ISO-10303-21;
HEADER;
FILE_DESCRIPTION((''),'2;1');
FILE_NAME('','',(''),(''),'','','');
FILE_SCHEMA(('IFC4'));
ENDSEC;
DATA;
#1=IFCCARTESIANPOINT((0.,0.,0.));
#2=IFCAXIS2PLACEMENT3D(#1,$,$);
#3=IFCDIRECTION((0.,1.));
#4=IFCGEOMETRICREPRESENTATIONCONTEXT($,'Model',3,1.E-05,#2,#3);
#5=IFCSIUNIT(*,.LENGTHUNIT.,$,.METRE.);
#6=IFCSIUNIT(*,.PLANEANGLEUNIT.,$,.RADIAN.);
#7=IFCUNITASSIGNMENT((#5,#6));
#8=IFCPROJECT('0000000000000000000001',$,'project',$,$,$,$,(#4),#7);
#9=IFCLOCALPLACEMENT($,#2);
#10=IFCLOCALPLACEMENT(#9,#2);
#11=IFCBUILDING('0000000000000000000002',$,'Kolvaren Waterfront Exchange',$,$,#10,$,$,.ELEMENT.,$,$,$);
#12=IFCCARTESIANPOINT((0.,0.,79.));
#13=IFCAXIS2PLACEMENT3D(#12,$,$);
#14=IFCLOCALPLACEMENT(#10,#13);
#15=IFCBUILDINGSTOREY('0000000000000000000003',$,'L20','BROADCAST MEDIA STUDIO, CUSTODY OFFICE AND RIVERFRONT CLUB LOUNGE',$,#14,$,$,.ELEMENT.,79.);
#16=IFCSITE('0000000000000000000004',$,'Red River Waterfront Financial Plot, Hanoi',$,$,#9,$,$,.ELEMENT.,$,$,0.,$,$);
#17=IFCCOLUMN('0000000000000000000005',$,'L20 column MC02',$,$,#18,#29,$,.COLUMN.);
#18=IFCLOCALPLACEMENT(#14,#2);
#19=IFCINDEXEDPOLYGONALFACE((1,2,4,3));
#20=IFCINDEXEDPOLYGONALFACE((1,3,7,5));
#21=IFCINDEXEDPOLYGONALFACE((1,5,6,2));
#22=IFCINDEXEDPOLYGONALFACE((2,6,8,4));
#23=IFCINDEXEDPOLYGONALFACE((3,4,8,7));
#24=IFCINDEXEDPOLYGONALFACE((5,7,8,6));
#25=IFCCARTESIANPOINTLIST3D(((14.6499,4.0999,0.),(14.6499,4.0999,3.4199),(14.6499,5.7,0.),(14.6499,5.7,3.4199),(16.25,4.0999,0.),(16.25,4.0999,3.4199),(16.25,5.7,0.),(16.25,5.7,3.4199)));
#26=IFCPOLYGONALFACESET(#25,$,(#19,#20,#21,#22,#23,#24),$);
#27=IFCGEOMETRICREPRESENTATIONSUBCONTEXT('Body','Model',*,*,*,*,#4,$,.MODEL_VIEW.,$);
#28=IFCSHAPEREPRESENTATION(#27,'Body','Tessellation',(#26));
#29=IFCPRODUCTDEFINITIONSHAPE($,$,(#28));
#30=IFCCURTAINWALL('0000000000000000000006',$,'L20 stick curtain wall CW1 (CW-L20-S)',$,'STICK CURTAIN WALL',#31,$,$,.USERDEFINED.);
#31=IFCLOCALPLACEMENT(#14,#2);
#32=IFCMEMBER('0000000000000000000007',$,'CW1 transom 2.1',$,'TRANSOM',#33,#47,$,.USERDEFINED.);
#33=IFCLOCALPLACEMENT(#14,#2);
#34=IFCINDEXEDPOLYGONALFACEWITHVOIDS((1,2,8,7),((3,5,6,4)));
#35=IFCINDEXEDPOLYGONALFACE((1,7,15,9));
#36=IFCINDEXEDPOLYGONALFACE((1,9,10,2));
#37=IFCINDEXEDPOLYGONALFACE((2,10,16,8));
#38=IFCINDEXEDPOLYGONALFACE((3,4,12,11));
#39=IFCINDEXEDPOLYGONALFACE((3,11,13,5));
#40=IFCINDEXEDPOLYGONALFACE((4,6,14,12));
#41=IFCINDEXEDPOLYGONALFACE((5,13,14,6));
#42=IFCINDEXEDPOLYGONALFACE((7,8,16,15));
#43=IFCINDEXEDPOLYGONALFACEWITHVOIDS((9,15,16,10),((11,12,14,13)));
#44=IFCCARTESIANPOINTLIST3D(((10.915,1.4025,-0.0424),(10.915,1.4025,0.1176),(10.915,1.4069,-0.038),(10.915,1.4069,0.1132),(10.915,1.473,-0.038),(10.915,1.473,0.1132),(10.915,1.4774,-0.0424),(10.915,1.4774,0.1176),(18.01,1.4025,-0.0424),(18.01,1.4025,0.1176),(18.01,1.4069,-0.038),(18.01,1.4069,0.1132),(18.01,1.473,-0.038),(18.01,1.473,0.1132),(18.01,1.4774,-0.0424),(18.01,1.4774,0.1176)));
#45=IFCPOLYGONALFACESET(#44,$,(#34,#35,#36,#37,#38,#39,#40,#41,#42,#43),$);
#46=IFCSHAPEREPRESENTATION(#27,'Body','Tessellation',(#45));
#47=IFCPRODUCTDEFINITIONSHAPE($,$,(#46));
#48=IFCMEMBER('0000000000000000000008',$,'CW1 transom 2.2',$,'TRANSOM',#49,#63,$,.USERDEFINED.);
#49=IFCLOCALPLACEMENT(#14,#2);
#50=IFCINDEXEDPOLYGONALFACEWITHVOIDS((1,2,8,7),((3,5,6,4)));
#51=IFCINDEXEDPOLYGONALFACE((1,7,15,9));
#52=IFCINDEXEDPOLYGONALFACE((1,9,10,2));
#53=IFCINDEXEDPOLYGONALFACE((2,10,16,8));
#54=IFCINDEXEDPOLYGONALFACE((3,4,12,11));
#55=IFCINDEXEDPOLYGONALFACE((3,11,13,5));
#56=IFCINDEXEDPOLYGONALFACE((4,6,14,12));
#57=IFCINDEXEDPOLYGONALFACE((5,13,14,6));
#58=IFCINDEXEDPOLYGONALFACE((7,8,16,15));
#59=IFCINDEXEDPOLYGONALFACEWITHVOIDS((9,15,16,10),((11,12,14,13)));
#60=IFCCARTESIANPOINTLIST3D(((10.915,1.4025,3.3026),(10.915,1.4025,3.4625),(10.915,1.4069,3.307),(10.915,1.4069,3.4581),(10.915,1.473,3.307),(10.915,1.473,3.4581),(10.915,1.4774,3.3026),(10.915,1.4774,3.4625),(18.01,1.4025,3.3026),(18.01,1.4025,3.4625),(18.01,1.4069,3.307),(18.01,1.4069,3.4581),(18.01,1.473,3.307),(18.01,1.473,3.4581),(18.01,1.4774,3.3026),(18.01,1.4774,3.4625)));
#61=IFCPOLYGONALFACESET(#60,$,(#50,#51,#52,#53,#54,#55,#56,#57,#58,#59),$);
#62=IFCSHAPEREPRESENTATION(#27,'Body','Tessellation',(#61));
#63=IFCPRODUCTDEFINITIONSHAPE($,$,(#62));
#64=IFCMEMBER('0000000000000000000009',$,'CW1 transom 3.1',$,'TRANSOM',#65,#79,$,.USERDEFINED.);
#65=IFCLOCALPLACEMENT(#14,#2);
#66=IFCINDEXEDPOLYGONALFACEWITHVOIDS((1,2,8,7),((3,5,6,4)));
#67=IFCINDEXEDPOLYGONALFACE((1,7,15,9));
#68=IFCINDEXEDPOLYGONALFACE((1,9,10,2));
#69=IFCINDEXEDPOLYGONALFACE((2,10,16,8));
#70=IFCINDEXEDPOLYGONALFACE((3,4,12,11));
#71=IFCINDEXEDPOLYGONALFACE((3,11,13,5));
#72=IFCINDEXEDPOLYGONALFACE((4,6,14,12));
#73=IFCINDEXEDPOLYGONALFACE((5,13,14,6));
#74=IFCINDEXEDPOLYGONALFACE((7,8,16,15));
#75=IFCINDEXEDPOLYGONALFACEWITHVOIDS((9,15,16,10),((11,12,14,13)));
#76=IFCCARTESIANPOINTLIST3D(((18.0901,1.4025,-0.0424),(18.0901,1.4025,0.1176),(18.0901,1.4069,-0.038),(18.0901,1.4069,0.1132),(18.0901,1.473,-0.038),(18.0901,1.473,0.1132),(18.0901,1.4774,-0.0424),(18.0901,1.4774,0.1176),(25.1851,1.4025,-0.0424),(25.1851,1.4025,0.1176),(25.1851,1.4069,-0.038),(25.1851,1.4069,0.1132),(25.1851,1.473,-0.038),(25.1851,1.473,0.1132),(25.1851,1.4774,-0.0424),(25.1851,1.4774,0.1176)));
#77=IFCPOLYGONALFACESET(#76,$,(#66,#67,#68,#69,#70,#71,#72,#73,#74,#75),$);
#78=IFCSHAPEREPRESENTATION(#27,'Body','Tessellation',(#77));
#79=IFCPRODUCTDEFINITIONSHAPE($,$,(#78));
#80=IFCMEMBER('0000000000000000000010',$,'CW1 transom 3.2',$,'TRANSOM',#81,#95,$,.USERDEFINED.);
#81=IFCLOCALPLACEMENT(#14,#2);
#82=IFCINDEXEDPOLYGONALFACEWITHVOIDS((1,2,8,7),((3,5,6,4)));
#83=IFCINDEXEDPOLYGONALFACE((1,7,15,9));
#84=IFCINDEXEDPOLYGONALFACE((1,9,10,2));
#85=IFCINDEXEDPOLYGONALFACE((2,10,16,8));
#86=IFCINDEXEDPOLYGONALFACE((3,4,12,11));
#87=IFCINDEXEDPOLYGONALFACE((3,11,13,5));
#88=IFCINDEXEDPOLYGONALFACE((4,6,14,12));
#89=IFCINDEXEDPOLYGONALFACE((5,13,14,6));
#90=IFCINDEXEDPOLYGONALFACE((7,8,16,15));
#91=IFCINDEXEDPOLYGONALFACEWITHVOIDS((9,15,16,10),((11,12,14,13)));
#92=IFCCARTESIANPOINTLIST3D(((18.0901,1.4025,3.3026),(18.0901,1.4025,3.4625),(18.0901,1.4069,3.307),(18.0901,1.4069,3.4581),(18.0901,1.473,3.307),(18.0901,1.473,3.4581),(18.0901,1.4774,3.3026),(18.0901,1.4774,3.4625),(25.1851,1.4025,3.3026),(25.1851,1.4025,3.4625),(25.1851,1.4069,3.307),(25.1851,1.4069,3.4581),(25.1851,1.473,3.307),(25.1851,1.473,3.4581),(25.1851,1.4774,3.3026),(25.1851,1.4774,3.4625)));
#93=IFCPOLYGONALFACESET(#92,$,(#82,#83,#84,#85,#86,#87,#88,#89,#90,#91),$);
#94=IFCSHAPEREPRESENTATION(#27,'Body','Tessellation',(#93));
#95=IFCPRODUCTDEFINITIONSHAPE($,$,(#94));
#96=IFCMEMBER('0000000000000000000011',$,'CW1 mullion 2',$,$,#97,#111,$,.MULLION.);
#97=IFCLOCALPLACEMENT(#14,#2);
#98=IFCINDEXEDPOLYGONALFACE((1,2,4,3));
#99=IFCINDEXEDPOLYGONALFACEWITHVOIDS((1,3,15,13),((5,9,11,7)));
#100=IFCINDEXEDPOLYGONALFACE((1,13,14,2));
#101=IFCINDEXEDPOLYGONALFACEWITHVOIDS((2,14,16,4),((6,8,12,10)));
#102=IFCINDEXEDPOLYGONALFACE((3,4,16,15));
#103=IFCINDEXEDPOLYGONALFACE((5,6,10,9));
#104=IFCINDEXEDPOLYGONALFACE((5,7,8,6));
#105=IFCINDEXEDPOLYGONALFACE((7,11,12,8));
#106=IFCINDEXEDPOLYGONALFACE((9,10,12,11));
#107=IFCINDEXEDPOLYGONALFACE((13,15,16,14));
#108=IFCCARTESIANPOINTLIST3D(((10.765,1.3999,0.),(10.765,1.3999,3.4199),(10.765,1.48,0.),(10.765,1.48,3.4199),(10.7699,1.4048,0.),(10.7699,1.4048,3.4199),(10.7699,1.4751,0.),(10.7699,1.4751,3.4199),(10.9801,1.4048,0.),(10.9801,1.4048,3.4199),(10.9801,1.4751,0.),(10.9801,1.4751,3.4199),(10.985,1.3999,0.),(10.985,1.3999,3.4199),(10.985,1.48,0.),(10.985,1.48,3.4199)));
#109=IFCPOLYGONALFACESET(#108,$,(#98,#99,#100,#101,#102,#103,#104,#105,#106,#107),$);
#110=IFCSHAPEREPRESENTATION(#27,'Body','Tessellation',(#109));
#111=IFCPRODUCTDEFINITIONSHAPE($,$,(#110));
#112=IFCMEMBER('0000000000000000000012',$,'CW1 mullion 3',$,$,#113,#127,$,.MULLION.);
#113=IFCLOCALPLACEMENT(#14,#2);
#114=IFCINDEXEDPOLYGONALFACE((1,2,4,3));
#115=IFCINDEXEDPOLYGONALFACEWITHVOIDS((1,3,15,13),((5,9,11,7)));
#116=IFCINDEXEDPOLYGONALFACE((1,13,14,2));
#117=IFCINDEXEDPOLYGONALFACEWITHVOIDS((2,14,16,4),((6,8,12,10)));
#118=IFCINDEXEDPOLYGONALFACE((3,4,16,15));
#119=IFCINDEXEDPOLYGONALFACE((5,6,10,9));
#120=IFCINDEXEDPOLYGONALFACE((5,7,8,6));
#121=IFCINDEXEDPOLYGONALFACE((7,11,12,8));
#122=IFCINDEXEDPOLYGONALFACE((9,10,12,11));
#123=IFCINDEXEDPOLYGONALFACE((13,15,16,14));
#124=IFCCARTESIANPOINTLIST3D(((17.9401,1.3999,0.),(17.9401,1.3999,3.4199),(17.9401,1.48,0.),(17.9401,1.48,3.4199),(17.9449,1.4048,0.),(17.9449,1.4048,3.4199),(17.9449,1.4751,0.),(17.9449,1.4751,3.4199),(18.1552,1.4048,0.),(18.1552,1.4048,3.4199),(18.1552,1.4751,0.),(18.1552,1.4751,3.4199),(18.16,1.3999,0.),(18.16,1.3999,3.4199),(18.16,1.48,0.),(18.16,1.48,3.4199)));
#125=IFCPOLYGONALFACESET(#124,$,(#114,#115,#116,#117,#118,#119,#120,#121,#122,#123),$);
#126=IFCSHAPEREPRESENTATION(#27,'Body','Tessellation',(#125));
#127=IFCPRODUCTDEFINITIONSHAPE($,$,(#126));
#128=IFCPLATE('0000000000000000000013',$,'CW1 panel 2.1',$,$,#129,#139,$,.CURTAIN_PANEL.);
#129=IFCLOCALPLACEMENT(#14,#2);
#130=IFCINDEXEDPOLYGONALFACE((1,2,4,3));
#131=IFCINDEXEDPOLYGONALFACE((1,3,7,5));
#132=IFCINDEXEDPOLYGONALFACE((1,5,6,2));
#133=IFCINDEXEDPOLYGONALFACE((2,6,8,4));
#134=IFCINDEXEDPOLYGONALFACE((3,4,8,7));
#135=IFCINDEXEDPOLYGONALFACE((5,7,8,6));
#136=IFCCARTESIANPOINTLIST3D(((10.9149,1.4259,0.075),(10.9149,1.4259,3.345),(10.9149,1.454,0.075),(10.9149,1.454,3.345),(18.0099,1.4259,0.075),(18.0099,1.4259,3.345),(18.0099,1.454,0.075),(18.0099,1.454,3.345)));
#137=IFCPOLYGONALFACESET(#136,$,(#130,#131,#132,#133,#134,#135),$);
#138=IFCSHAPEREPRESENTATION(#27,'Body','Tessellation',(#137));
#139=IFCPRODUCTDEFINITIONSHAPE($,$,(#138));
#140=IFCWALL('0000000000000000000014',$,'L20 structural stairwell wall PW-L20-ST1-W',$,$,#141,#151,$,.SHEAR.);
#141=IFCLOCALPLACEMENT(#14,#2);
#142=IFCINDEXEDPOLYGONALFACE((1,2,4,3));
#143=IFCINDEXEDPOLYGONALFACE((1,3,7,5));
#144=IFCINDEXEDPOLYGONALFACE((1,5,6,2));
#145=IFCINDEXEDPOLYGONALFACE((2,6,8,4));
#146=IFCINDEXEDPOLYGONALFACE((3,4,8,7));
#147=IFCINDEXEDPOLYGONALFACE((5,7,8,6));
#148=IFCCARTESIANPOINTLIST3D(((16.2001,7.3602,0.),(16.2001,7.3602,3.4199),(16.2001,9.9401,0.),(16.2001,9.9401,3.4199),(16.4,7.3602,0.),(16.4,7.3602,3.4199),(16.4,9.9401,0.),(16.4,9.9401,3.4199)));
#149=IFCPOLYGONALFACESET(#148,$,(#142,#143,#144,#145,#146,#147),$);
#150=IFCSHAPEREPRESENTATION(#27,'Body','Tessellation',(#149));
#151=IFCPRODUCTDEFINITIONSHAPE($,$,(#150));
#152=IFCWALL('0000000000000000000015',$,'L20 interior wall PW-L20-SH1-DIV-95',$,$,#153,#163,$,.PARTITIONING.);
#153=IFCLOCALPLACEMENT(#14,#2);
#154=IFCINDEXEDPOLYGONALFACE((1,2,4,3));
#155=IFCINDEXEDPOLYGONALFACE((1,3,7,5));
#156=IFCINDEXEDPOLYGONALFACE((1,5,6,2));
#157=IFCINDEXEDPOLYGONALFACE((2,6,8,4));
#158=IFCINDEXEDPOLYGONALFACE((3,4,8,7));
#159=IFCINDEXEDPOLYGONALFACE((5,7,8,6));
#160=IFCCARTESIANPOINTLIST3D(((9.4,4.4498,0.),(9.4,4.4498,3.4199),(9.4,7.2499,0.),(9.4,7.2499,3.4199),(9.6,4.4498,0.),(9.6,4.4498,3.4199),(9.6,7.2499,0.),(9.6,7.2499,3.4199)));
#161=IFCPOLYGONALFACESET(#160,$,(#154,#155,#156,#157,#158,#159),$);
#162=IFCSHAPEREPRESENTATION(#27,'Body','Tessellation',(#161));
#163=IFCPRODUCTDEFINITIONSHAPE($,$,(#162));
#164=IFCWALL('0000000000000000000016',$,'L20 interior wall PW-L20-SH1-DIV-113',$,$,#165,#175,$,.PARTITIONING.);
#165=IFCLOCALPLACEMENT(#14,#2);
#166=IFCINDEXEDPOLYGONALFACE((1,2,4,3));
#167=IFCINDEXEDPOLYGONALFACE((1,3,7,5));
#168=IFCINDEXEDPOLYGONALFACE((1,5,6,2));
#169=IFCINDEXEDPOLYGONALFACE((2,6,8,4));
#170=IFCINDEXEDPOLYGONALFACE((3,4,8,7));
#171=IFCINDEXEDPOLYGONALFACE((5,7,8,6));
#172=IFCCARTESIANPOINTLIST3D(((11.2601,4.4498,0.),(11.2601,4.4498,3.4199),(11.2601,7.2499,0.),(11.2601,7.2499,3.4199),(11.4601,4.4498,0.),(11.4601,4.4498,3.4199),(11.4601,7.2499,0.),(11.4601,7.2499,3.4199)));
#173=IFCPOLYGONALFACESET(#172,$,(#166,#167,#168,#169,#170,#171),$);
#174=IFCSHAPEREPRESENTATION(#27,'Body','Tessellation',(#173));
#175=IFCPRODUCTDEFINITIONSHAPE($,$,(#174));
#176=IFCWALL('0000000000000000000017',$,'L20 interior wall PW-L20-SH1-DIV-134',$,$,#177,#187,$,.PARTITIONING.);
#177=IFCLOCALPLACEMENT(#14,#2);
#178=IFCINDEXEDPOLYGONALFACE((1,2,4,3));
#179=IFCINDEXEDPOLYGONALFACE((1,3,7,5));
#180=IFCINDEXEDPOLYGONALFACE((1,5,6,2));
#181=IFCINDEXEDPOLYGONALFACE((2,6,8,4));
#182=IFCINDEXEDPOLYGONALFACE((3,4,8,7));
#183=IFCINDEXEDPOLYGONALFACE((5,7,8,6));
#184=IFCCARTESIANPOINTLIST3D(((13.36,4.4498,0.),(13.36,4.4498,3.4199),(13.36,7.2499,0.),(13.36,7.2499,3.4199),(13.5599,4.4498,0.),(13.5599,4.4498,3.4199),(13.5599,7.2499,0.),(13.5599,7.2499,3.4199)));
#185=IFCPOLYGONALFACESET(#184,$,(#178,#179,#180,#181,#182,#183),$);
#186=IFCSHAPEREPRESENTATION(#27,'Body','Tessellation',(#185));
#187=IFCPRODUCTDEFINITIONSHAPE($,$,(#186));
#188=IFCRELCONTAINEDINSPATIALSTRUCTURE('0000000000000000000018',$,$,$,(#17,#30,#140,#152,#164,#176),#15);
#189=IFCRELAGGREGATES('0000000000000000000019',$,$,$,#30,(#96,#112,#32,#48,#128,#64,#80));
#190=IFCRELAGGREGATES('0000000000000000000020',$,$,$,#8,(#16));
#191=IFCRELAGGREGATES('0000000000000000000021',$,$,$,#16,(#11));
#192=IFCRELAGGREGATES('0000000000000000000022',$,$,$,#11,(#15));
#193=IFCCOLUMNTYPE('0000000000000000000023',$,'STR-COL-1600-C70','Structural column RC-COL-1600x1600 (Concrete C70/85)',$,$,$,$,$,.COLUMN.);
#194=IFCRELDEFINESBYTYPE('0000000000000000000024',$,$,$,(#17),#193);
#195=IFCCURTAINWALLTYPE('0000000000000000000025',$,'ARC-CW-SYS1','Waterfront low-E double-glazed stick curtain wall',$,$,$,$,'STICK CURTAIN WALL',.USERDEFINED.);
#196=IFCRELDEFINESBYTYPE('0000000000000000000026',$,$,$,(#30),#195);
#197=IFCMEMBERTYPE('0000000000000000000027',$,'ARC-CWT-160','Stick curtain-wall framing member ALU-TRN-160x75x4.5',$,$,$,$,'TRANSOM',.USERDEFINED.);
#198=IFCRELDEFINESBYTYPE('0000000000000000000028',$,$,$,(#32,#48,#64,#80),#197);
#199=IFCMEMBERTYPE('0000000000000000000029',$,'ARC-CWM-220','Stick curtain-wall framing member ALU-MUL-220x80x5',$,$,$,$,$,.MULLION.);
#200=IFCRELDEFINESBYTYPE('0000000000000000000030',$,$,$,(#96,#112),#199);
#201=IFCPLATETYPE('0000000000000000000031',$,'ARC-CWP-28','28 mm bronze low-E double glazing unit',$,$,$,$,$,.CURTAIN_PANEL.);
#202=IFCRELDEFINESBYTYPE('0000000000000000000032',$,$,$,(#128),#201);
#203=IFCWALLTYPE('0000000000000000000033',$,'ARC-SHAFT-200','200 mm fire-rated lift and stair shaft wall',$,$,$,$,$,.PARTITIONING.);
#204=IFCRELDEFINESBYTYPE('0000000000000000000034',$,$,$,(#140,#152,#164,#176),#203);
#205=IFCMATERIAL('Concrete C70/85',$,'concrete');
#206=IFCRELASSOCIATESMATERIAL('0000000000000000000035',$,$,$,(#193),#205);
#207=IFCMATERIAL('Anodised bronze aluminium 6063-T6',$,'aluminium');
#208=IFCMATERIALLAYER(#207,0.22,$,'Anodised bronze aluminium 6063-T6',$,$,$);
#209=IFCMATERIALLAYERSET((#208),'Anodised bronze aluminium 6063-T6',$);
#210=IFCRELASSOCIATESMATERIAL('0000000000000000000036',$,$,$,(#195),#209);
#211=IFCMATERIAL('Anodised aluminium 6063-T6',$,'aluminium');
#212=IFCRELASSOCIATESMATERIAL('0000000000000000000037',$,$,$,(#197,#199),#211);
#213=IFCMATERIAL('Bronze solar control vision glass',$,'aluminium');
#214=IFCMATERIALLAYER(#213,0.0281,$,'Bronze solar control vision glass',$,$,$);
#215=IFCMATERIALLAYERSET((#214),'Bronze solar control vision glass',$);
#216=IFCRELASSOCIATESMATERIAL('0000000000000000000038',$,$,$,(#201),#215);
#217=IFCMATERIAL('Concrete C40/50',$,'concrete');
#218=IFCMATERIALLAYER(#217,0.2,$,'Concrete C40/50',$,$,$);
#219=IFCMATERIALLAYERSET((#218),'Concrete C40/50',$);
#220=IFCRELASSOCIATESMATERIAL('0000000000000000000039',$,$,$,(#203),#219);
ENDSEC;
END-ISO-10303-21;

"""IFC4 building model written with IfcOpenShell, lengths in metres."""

from ifc_helpers import new_model, si_unit, direction, frame, frame_2d, origin, origin_with_axes, origin_2d, place, context, subcontext, project, spatial, rectangle, hollow_rectangle, extrude, source, transform, mapped, material, layer, layer_set, material_profile, profile_set, type_object, element, aggregate, save


model = new_model("IFC4")

# Units and contexts
model_context = context("Model", 3, precision=1e-05, world=origin(), true_north=direction((0.0, 1.0)))
body_context = subcontext(model_context, "Body", "Model", "MODEL_VIEW")
ifc_project = project(units=[si_unit("LENGTHUNIT", "METRE"), si_unit("PLANEANGLEUNIT", "RADIAN")], contexts=[model_context])

# Site, building, storey
site_placement = place(None, origin())
site = spatial("IfcSite", under=ifc_project, at=site_placement, Name="Red River Waterfront Financial Plot, Hanoi", CompositionType="ELEMENT", RefElevation=0.0)
building_placement = place(site_placement, origin())
building = spatial("IfcBuilding", under=site, at=building_placement, Name="Kolvaren Waterfront Exchange", CompositionType="ELEMENT")
storey_placement = place(building_placement, frame((0.0, 0.0, 79.0)))
storey = spatial("IfcBuildingStorey", under=building, at=storey_placement, Name="L20", Description="BROADCAST MEDIA STUDIO, CUSTODY OFFICE AND RIVERFRONT CLUB LOUNGE", CompositionType="ELEMENT", Elevation=79.0)

# Column
ifc_material_1 = material(Name="Concrete C70/85", Category="concrete")
ifc_material_profile_1 = material_profile(ifc_material_1, rectangle(XDim=1.6001, YDim=1.6001, at=origin_2d()), Name="RC-COL-1600x1600")
ifc_profile_set_1 = profile_set([ifc_material_profile_1], Name="Concrete C70/85")
column_type = type_object("IfcColumnType", Name="STR-COL-1600-C70", Description="Structural column RC-COL-1600x1600 (Concrete C70/85)", PredefinedType="COLUMN", material=ifc_profile_set_1)
column_placement = place(storey_placement, frame((15.45, 4.8999, 0.0), z_axis=(0.0, 0.0, 1.0), x_axis=(1.0, 0.0, 0.0)))
element("IfcColumn", 1, at=column_placement, inside=storey, type_object=column_type, Name="L20 column MC02", PredefinedType="COLUMN", context=body_context, shape_type="SweptSolid", body=[
    extrude(rectangle(XDim=1.6001, YDim=1.6001, at=origin_2d()), origin(), (0.0, 0.0, 1.0), 3.4199),
])

# Curtain wall, members, plate
ifc_material_2 = material(Name="Anodised bronze aluminium 6063-T6", Category="aluminium")
ifc_layer_1 = layer(ifc_material_2, 0.22, Name="Anodised bronze aluminium 6063-T6")
ifc_layer_set_1 = layer_set([ifc_layer_1], Name="Anodised bronze aluminium 6063-T6")
curtain_wall_type = type_object("IfcCurtainWallType", Name="ARC-CW-SYS1", Description="Waterfront low-E double-glazed stick curtain wall", ElementType="STICK CURTAIN WALL", PredefinedType="USERDEFINED", material=ifc_layer_set_1)
curtain_wall_placement = place(storey_placement, origin())
curtain_wall = element("IfcCurtainWall", 2, at=curtain_wall_placement, inside=storey, type_object=curtain_wall_type, Name="L20 stick curtain wall CW1 (CW-L20-S)", ObjectType="STICK CURTAIN WALL", PredefinedType="USERDEFINED")
ifc_material_3 = material(Name="Anodised aluminium 6063-T6", Category="aluminium")
ifc_material_profile_2 = material_profile(ifc_material_3, hollow_rectangle(XDim=0.075, YDim=0.1599, WallThickness=0.0044, at=origin_2d()), Name="ALU-TRN-160x75x4.5")
ifc_profile_set_2 = profile_set([ifc_material_profile_2], Name="Anodised aluminium 6063-T6")
member_type_1 = type_object("IfcMemberType", Name="ARC-CWT-160", Description="Stick curtain-wall framing member ALU-TRN-160x75x4.5", ElementType="TRANSOM", PredefinedType="USERDEFINED", material=ifc_profile_set_2)
shared_shape_1 = source(origin_with_axes(), body_context, "Body", "SweptSolid", [
    extrude(hollow_rectangle(XDim=0.075, YDim=0.1599, WallThickness=0.0044, at=origin_2d()), origin(), (0.0, 0.0, 1.0), 7.095),
])
member_1_placement = place(storey_placement, frame((10.915, 1.4399, 0.0376), z_axis=(1.0, 0.0, 0.0), x_axis=(0.0, 1.0, 0.0)))
member_1 = element("IfcMember", 3, at=member_1_placement, type_object=member_type_1, Name="CW1 transom 2.1", ObjectType="TRANSOM", PredefinedType="USERDEFINED", context=body_context, shape_type="MappedRepresentation", body=[
    mapped(shared_shape_1, transform((0.0, 0.0, 0.0), x_axis=(1.0, 0.0, 0.0), y_axis=(0.0, 1.0, 0.0), z_axis=(0.0, 0.0, 1.0), scale=1.0)),
])
member_2_placement = place(storey_placement, frame((10.915, 1.4399, 3.3826), z_axis=(1.0, 0.0, 0.0), x_axis=(0.0, 1.0, 0.0)))
member_2 = element("IfcMember", 4, at=member_2_placement, type_object=member_type_1, Name="CW1 transom 2.2", ObjectType="TRANSOM", PredefinedType="USERDEFINED", context=body_context, shape_type="MappedRepresentation", body=[
    mapped(shared_shape_1, transform((0.0, 0.0, 0.0), x_axis=(1.0, 0.0, 0.0), y_axis=(0.0, 1.0, 0.0), z_axis=(0.0, 0.0, 1.0), scale=1.0)),
])
member_3_placement = place(storey_placement, frame((18.0901, 1.4399, 0.0376), z_axis=(1.0, 0.0, 0.0), x_axis=(0.0, 1.0, 0.0)))
member_3 = element("IfcMember", 5, at=member_3_placement, type_object=member_type_1, Name="CW1 transom 3.1", ObjectType="TRANSOM", PredefinedType="USERDEFINED", context=body_context, shape_type="MappedRepresentation", body=[
    mapped(shared_shape_1, transform((0.0, 0.0, 0.0), x_axis=(1.0, 0.0, 0.0), y_axis=(0.0, 1.0, 0.0), z_axis=(0.0, 0.0, 1.0), scale=1.0)),
])
member_4_placement = place(storey_placement, frame((18.0901, 1.4399, 3.3826), z_axis=(1.0, 0.0, 0.0), x_axis=(0.0, 1.0, 0.0)))
member_4 = element("IfcMember", 6, at=member_4_placement, type_object=member_type_1, Name="CW1 transom 3.2", ObjectType="TRANSOM", PredefinedType="USERDEFINED", context=body_context, shape_type="MappedRepresentation", body=[
    mapped(shared_shape_1, transform((0.0, 0.0, 0.0), x_axis=(1.0, 0.0, 0.0), y_axis=(0.0, 1.0, 0.0), z_axis=(0.0, 0.0, 1.0), scale=1.0)),
])
ifc_material_profile_3 = material_profile(ifc_material_3, hollow_rectangle(XDim=0.0801, YDim=0.22, WallThickness=0.0049, at=origin_2d()), Name="ALU-MUL-220x80x5")
ifc_profile_set_3 = profile_set([ifc_material_profile_3], Name="Anodised aluminium 6063-T6")
member_type_2 = type_object("IfcMemberType", Name="ARC-CWM-220", Description="Stick curtain-wall framing member ALU-MUL-220x80x5", PredefinedType="MULLION", material=ifc_profile_set_3)
shared_shape_2 = source(origin_with_axes(), body_context, "Body", "SweptSolid", [
    extrude(hollow_rectangle(XDim=0.0801, YDim=0.22, WallThickness=0.0049, at=origin_2d()), origin(), (0.0, 0.0, 1.0), 3.4199),
])
member_5_placement = place(storey_placement, frame((10.875, 1.4399, 0.0), z_axis=(0.0, 0.0, 1.0), x_axis=(0.0, 1.0, 0.0)))
member_5 = element("IfcMember", 7, at=member_5_placement, type_object=member_type_2, Name="CW1 mullion 2", PredefinedType="MULLION", context=body_context, shape_type="MappedRepresentation", body=[
    mapped(shared_shape_2, transform((0.0, 0.0, 0.0), x_axis=(1.0, 0.0, 0.0), y_axis=(0.0, 1.0, 0.0), z_axis=(0.0, 0.0, 1.0), scale=1.0)),
])
member_6_placement = place(storey_placement, frame((18.05, 1.4399, 0.0), z_axis=(0.0, 0.0, 1.0), x_axis=(0.0, 1.0, 0.0)))
member_6 = element("IfcMember", 8, at=member_6_placement, type_object=member_type_2, Name="CW1 mullion 3", PredefinedType="MULLION", context=body_context, shape_type="MappedRepresentation", body=[
    mapped(shared_shape_2, transform((0.0, 0.0, 0.0), x_axis=(1.0, 0.0, 0.0), y_axis=(0.0, 1.0, 0.0), z_axis=(0.0, 0.0, 1.0), scale=1.0)),
])
ifc_material_4 = material(Name="Bronze solar control vision glass", Category="aluminium")
ifc_layer_2 = layer(ifc_material_4, 0.0281, Name="Bronze solar control vision glass")
ifc_layer_set_2 = layer_set([ifc_layer_2], Name="Bronze solar control vision glass")
plate_type = type_object("IfcPlateType", Name="ARC-CWP-28", Description="28 mm bronze low-E double glazing unit", PredefinedType="CURTAIN_PANEL", material=ifc_layer_set_2)
shared_shape_3 = source(origin_with_axes(), body_context, "Body", "SweptSolid", [
    extrude(rectangle(XDim=7.095, YDim=0.0281, at=origin_2d()), origin(), (0.0, 0.0, 1.0), 3.27),
])
plate_placement = place(storey_placement, frame((14.4624, 1.4399, 0.075), z_axis=(0.0, 0.0, 1.0), x_axis=(1.0, 0.0, 0.0)))
plate = element("IfcPlate", 9, at=plate_placement, type_object=plate_type, Name="CW1 panel 2.1", PredefinedType="CURTAIN_PANEL", context=body_context, shape_type="MappedRepresentation", body=[
    mapped(shared_shape_3, transform((0.0, 0.0, 0.0), x_axis=(1.0, 0.0, 0.0), y_axis=(0.0, 1.0, 0.0), z_axis=(0.0, 0.0, 1.0), scale=1.0)),
])
aggregate(curtain_wall, [member_5, member_6, member_1, member_2, plate, member_3, member_4])

# Walls
ifc_material_5 = material(Name="Concrete C40/50", Category="concrete")
ifc_layer_3 = layer(ifc_material_5, 0.2, Name="Concrete C40/50")
ifc_layer_set_3 = layer_set([ifc_layer_3], Name="Concrete C40/50")
wall_type_1 = type_object("IfcWallType", Name="ARC-SHAFT-200", Description="200 mm fire-rated lift and stair shaft wall", PredefinedType="PARTITIONING", material=ifc_layer_set_3)
wall_1_placement = place(storey_placement, frame((16.3, 7.3601, 0.0), z_axis=(0.0, 0.0, 1.0), x_axis=(0.0, 1.0, 0.0)))
element("IfcWall", 10, at=wall_1_placement, inside=storey, type_object=wall_type_1, Name="L20 structural stairwell wall PW-L20-ST1-W", PredefinedType="SHEAR", context=body_context, shape_type="SweptSolid", body=[
    extrude(rectangle(XDim=2.5798, YDim=0.2, at=frame_2d((1.29, 0.0))), origin(), (0.0, 0.0, 1.0), 3.4199),
])
for number, where, z_axis, x_axis, name in (
    (11, (9.5, 4.45, 0.0), (0.0, 0.0, 1.0), (0.0, 1.0, 0.0), "L20 interior wall PW-L20-SH1-DIV-95"),
    (12, (11.3601, 4.45, 0.0), (0.0, 0.0, 1.0), (0.0, 1.0, 0.0), "L20 interior wall PW-L20-SH1-DIV-113"),
    (13, (13.46, 4.45, 0.0), (0.0, 0.0, 1.0), (0.0, 1.0, 0.0), "L20 interior wall PW-L20-SH1-DIV-134"),
):
    element("IfcWall", number, at=place(storey_placement, frame(where, z_axis=z_axis, x_axis=x_axis)), inside=storey, type_object=wall_type_1, Name=name, PredefinedType="PARTITIONING", context=body_context, shape_type="SweptSolid", body=[
        extrude(rectangle(XDim=2.8, YDim=0.2, at=frame_2d((1.3999, 0.0))), origin(), (0.0, 0.0, 1.0), 3.4199),
    ])

save(model, "model.ifc")
